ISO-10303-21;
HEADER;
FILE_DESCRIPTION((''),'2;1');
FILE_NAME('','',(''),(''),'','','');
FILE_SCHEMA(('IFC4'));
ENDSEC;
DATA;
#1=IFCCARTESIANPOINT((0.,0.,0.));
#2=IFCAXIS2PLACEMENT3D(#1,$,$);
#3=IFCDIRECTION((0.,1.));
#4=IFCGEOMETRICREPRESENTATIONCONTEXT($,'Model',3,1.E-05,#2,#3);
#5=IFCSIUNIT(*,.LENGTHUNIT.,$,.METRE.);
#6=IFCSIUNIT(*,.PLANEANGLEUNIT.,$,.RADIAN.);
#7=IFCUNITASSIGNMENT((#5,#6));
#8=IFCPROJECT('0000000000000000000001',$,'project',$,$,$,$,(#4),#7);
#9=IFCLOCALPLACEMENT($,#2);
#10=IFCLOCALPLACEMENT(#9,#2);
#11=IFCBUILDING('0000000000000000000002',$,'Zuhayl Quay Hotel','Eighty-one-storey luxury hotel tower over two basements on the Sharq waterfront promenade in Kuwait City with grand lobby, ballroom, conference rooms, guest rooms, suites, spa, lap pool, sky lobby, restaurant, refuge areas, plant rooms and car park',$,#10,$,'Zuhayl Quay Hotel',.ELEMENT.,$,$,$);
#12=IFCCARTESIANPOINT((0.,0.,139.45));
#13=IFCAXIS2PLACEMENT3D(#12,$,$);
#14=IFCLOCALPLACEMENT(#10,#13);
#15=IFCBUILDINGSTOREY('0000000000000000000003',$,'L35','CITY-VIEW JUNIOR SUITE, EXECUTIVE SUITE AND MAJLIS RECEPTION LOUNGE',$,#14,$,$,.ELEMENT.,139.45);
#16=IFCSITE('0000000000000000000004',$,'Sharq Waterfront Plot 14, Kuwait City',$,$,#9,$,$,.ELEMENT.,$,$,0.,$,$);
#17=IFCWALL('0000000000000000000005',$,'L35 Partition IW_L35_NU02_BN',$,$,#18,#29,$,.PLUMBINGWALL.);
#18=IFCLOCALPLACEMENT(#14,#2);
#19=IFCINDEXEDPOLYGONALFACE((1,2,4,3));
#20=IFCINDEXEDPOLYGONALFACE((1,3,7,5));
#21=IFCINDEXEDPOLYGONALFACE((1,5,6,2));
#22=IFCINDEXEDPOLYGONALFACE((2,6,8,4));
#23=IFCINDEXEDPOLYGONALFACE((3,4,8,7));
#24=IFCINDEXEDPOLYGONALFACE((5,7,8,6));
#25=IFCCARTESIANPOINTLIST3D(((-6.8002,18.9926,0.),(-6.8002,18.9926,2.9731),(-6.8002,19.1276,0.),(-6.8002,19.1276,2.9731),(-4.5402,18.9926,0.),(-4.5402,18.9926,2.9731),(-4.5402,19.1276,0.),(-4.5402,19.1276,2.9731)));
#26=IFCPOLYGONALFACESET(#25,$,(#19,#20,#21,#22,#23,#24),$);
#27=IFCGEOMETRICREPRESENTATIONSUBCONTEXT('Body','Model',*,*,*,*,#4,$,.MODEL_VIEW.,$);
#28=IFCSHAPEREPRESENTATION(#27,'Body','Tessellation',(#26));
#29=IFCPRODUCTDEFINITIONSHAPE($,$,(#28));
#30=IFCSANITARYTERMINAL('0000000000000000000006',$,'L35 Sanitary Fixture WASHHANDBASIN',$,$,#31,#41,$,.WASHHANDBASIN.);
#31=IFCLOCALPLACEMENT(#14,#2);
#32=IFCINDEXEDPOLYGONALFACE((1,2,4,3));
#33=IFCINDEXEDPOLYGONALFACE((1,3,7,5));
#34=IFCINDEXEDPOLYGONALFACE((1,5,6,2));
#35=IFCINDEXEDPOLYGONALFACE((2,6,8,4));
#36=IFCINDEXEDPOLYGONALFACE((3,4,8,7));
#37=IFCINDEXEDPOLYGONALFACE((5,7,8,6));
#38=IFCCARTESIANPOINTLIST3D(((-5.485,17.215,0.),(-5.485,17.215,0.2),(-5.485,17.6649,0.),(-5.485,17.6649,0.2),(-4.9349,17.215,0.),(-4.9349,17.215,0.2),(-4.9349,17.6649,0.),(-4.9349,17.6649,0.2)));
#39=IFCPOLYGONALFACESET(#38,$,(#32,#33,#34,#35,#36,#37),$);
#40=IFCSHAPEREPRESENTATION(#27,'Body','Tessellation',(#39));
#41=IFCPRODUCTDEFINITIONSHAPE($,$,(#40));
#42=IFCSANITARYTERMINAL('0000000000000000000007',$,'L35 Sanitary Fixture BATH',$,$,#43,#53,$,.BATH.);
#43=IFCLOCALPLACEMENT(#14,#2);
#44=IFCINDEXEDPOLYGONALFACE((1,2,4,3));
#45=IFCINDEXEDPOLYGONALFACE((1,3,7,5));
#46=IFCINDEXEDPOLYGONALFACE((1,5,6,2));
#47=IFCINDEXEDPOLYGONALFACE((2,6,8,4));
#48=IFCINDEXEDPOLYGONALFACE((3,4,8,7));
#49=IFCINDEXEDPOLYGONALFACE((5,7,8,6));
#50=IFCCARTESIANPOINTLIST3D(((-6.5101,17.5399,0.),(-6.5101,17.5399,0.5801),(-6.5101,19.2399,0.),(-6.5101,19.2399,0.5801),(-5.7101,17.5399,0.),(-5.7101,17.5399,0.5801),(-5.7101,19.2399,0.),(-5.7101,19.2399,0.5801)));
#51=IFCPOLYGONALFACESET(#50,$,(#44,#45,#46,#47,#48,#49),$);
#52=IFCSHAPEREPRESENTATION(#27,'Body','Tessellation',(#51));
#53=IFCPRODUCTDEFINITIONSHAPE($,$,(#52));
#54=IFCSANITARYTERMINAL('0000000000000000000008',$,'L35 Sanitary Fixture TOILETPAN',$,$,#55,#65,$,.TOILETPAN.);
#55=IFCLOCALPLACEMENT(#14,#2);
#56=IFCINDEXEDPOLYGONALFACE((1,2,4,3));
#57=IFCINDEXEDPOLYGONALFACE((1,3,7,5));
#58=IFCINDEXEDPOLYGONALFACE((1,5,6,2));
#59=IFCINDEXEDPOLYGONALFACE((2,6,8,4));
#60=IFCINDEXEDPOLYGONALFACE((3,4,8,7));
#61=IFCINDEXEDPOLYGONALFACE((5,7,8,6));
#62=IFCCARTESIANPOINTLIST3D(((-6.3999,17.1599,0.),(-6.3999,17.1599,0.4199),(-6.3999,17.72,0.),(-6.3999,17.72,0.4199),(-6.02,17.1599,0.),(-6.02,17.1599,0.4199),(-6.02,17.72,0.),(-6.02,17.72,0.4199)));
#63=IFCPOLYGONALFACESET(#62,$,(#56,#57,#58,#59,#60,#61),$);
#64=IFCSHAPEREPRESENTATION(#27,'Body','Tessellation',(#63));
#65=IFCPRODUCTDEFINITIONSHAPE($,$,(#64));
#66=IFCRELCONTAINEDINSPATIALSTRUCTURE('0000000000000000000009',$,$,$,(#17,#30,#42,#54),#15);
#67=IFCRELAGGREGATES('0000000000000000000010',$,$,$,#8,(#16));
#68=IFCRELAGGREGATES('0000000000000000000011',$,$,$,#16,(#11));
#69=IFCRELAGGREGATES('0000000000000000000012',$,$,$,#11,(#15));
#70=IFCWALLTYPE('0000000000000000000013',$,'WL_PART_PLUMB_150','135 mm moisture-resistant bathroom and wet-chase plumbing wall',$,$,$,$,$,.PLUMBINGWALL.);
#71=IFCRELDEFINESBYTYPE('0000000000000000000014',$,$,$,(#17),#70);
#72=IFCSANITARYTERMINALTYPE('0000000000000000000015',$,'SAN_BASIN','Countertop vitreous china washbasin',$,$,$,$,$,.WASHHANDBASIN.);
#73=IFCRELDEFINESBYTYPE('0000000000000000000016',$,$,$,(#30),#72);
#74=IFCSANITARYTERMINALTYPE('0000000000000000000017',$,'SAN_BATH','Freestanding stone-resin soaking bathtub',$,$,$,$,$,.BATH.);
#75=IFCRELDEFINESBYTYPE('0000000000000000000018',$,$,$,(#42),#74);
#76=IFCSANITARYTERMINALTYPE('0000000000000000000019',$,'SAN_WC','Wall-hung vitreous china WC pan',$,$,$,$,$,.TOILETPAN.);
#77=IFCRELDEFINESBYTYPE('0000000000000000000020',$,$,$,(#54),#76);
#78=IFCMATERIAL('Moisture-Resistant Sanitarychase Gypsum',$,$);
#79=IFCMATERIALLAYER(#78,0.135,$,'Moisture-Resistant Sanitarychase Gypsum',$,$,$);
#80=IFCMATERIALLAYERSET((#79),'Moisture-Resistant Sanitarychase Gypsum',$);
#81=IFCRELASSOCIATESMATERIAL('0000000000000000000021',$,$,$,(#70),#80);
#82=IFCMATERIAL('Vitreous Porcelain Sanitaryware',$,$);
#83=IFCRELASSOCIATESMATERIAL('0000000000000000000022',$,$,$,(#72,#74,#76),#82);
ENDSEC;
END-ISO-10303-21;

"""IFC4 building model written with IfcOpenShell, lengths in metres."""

from ifc_helpers import new_model, si_unit, direction, frame, frame_2d, origin, origin_2d, place, context, subcontext, project, spatial, rectangle, extrude, material, layer, layer_set, type_object, element, save


model = new_model("IFC4")

# Units and contexts
model_context = context("Model", 3, precision=1e-05, world=origin(), true_north=direction((0.0, 1.0)))
body_context = subcontext(model_context, "Body", "Model", "MODEL_VIEW")
ifc_project = project(units=[si_unit("LENGTHUNIT", "METRE"), si_unit("PLANEANGLEUNIT", "RADIAN")], contexts=[model_context])

# Site, building, storey
site_placement = place(None, origin())
site = spatial("IfcSite", under=ifc_project, at=site_placement, Name="Sharq Waterfront Plot 14, Kuwait City", CompositionType="ELEMENT", RefElevation=0.0)
building_placement = place(site_placement, origin())
building = spatial("IfcBuilding", under=site, at=building_placement, Name="Zuhayl Quay Hotel", Description="Eighty-one-storey luxury hotel tower over two basements on the Sharq waterfront promenade in Kuwait City with grand lobby, ballroom, conference rooms, guest rooms, suites, spa, lap pool, sky lobby, restaurant, refuge areas, plant rooms and car park", LongName="Zuhayl Quay Hotel", CompositionType="ELEMENT")
storey_placement = place(building_placement, frame((0.0, 0.0, 139.45)))
storey = spatial("IfcBuildingStorey", under=building, at=storey_placement, Name="L35", Description="CITY-VIEW JUNIOR SUITE, EXECUTIVE SUITE AND MAJLIS RECEPTION LOUNGE", CompositionType="ELEMENT", Elevation=139.45)

# Shared definitions
ifc_material_1 = material(Name="Moisture-Resistant Sanitarychase Gypsum")
ifc_layer_1 = layer(ifc_material_1, 0.135, Name="Moisture-Resistant Sanitarychase Gypsum")
ifc_layer_set_1 = layer_set([ifc_layer_1], Name="Moisture-Resistant Sanitarychase Gypsum")
wall_type_1 = type_object("IfcWallType", Name="WL_PART_PLUMB_150", Description="135 mm moisture-resistant bathroom and wet-chase plumbing wall", PredefinedType="PLUMBINGWALL", material=ifc_layer_set_1)

# Wall
wall_1_placement = place(storey_placement, frame((-6.8, 19.0601, 0.0), z_axis=(0.0, 0.0, 1.0), x_axis=(1.0, 0.0, 0.0)))
element("IfcWall", 1, at=wall_1_placement, inside=storey, type_object=wall_type_1, Name="L35 Partition IW_L35_NU02_BN", PredefinedType="PLUMBINGWALL", context=body_context, shape_type="SweptSolid", body=[
    extrude(rectangle(XDim=2.26, YDim=0.135, at=frame_2d((1.1299, 0.0))), origin(), (0.0, 0.0, 1.0), 2.9731),
])

# Sanitary terminals
ifc_material_2 = material(Name="Vitreous Porcelain Sanitaryware")
sanitary_terminal_type_1 = type_object("IfcSanitaryTerminalType", Name="SAN_BASIN", Description="Countertop vitreous china washbasin", PredefinedType="WASHHANDBASIN", material=ifc_material_2)
sanitary_terminal_1_placement = place(storey_placement, frame((-5.21, 17.4399, 0.0), z_axis=(0.0, 0.0, 1.0), x_axis=(1.0, 0.0, 0.0)))
element("IfcSanitaryTerminal", 2, at=sanitary_terminal_1_placement, inside=storey, type_object=sanitary_terminal_type_1, Name="L35 Sanitary Fixture WASHHANDBASIN", PredefinedType="WASHHANDBASIN", context=body_context, shape_type="SweptSolid", body=[
    extrude(rectangle(XDim=0.55, YDim=0.45, at=origin_2d()), origin(), (0.0, 0.0, 1.0), 0.2),
])
sanitary_terminal_type_2 = type_object("IfcSanitaryTerminalType", Name="SAN_BATH", Description="Freestanding stone-resin soaking bathtub", PredefinedType="BATH", material=ifc_material_2)
sanitary_terminal_2_placement = place(storey_placement, frame((-6.1101, 18.3899, 0.0), z_axis=(0.0, 0.0, 1.0), x_axis=(1.0, 0.0, 0.0)))
element("IfcSanitaryTerminal", 3, at=sanitary_terminal_2_placement, inside=storey, type_object=sanitary_terminal_type_2, Name="L35 Sanitary Fixture BATH", PredefinedType="BATH", context=body_context, shape_type="SweptSolid", body=[
    extrude(rectangle(XDim=0.8, YDim=1.7, at=origin_2d()), origin(), (0.0, 0.0, 1.0), 0.5801),
])
sanitary_terminal_type_3 = type_object("IfcSanitaryTerminalType", Name="SAN_WC", Description="Wall-hung vitreous china WC pan", PredefinedType="TOILETPAN", material=ifc_material_2)
sanitary_terminal_3_placement = place(storey_placement, frame((-6.21, 17.4399, 0.0), z_axis=(0.0, 0.0, 1.0), x_axis=(1.0, 0.0, 0.0)))
element("IfcSanitaryTerminal", 4, at=sanitary_terminal_3_placement, inside=storey, type_object=sanitary_terminal_type_3, Name="L35 Sanitary Fixture TOILETPAN", PredefinedType="TOILETPAN", context=body_context, shape_type="SweptSolid", body=[
    extrude(rectangle(XDim=0.3799, YDim=0.5601, at=origin_2d()), origin(), (0.0, 0.0, 1.0), 0.4199),
])

save(model, "model.ifc")
